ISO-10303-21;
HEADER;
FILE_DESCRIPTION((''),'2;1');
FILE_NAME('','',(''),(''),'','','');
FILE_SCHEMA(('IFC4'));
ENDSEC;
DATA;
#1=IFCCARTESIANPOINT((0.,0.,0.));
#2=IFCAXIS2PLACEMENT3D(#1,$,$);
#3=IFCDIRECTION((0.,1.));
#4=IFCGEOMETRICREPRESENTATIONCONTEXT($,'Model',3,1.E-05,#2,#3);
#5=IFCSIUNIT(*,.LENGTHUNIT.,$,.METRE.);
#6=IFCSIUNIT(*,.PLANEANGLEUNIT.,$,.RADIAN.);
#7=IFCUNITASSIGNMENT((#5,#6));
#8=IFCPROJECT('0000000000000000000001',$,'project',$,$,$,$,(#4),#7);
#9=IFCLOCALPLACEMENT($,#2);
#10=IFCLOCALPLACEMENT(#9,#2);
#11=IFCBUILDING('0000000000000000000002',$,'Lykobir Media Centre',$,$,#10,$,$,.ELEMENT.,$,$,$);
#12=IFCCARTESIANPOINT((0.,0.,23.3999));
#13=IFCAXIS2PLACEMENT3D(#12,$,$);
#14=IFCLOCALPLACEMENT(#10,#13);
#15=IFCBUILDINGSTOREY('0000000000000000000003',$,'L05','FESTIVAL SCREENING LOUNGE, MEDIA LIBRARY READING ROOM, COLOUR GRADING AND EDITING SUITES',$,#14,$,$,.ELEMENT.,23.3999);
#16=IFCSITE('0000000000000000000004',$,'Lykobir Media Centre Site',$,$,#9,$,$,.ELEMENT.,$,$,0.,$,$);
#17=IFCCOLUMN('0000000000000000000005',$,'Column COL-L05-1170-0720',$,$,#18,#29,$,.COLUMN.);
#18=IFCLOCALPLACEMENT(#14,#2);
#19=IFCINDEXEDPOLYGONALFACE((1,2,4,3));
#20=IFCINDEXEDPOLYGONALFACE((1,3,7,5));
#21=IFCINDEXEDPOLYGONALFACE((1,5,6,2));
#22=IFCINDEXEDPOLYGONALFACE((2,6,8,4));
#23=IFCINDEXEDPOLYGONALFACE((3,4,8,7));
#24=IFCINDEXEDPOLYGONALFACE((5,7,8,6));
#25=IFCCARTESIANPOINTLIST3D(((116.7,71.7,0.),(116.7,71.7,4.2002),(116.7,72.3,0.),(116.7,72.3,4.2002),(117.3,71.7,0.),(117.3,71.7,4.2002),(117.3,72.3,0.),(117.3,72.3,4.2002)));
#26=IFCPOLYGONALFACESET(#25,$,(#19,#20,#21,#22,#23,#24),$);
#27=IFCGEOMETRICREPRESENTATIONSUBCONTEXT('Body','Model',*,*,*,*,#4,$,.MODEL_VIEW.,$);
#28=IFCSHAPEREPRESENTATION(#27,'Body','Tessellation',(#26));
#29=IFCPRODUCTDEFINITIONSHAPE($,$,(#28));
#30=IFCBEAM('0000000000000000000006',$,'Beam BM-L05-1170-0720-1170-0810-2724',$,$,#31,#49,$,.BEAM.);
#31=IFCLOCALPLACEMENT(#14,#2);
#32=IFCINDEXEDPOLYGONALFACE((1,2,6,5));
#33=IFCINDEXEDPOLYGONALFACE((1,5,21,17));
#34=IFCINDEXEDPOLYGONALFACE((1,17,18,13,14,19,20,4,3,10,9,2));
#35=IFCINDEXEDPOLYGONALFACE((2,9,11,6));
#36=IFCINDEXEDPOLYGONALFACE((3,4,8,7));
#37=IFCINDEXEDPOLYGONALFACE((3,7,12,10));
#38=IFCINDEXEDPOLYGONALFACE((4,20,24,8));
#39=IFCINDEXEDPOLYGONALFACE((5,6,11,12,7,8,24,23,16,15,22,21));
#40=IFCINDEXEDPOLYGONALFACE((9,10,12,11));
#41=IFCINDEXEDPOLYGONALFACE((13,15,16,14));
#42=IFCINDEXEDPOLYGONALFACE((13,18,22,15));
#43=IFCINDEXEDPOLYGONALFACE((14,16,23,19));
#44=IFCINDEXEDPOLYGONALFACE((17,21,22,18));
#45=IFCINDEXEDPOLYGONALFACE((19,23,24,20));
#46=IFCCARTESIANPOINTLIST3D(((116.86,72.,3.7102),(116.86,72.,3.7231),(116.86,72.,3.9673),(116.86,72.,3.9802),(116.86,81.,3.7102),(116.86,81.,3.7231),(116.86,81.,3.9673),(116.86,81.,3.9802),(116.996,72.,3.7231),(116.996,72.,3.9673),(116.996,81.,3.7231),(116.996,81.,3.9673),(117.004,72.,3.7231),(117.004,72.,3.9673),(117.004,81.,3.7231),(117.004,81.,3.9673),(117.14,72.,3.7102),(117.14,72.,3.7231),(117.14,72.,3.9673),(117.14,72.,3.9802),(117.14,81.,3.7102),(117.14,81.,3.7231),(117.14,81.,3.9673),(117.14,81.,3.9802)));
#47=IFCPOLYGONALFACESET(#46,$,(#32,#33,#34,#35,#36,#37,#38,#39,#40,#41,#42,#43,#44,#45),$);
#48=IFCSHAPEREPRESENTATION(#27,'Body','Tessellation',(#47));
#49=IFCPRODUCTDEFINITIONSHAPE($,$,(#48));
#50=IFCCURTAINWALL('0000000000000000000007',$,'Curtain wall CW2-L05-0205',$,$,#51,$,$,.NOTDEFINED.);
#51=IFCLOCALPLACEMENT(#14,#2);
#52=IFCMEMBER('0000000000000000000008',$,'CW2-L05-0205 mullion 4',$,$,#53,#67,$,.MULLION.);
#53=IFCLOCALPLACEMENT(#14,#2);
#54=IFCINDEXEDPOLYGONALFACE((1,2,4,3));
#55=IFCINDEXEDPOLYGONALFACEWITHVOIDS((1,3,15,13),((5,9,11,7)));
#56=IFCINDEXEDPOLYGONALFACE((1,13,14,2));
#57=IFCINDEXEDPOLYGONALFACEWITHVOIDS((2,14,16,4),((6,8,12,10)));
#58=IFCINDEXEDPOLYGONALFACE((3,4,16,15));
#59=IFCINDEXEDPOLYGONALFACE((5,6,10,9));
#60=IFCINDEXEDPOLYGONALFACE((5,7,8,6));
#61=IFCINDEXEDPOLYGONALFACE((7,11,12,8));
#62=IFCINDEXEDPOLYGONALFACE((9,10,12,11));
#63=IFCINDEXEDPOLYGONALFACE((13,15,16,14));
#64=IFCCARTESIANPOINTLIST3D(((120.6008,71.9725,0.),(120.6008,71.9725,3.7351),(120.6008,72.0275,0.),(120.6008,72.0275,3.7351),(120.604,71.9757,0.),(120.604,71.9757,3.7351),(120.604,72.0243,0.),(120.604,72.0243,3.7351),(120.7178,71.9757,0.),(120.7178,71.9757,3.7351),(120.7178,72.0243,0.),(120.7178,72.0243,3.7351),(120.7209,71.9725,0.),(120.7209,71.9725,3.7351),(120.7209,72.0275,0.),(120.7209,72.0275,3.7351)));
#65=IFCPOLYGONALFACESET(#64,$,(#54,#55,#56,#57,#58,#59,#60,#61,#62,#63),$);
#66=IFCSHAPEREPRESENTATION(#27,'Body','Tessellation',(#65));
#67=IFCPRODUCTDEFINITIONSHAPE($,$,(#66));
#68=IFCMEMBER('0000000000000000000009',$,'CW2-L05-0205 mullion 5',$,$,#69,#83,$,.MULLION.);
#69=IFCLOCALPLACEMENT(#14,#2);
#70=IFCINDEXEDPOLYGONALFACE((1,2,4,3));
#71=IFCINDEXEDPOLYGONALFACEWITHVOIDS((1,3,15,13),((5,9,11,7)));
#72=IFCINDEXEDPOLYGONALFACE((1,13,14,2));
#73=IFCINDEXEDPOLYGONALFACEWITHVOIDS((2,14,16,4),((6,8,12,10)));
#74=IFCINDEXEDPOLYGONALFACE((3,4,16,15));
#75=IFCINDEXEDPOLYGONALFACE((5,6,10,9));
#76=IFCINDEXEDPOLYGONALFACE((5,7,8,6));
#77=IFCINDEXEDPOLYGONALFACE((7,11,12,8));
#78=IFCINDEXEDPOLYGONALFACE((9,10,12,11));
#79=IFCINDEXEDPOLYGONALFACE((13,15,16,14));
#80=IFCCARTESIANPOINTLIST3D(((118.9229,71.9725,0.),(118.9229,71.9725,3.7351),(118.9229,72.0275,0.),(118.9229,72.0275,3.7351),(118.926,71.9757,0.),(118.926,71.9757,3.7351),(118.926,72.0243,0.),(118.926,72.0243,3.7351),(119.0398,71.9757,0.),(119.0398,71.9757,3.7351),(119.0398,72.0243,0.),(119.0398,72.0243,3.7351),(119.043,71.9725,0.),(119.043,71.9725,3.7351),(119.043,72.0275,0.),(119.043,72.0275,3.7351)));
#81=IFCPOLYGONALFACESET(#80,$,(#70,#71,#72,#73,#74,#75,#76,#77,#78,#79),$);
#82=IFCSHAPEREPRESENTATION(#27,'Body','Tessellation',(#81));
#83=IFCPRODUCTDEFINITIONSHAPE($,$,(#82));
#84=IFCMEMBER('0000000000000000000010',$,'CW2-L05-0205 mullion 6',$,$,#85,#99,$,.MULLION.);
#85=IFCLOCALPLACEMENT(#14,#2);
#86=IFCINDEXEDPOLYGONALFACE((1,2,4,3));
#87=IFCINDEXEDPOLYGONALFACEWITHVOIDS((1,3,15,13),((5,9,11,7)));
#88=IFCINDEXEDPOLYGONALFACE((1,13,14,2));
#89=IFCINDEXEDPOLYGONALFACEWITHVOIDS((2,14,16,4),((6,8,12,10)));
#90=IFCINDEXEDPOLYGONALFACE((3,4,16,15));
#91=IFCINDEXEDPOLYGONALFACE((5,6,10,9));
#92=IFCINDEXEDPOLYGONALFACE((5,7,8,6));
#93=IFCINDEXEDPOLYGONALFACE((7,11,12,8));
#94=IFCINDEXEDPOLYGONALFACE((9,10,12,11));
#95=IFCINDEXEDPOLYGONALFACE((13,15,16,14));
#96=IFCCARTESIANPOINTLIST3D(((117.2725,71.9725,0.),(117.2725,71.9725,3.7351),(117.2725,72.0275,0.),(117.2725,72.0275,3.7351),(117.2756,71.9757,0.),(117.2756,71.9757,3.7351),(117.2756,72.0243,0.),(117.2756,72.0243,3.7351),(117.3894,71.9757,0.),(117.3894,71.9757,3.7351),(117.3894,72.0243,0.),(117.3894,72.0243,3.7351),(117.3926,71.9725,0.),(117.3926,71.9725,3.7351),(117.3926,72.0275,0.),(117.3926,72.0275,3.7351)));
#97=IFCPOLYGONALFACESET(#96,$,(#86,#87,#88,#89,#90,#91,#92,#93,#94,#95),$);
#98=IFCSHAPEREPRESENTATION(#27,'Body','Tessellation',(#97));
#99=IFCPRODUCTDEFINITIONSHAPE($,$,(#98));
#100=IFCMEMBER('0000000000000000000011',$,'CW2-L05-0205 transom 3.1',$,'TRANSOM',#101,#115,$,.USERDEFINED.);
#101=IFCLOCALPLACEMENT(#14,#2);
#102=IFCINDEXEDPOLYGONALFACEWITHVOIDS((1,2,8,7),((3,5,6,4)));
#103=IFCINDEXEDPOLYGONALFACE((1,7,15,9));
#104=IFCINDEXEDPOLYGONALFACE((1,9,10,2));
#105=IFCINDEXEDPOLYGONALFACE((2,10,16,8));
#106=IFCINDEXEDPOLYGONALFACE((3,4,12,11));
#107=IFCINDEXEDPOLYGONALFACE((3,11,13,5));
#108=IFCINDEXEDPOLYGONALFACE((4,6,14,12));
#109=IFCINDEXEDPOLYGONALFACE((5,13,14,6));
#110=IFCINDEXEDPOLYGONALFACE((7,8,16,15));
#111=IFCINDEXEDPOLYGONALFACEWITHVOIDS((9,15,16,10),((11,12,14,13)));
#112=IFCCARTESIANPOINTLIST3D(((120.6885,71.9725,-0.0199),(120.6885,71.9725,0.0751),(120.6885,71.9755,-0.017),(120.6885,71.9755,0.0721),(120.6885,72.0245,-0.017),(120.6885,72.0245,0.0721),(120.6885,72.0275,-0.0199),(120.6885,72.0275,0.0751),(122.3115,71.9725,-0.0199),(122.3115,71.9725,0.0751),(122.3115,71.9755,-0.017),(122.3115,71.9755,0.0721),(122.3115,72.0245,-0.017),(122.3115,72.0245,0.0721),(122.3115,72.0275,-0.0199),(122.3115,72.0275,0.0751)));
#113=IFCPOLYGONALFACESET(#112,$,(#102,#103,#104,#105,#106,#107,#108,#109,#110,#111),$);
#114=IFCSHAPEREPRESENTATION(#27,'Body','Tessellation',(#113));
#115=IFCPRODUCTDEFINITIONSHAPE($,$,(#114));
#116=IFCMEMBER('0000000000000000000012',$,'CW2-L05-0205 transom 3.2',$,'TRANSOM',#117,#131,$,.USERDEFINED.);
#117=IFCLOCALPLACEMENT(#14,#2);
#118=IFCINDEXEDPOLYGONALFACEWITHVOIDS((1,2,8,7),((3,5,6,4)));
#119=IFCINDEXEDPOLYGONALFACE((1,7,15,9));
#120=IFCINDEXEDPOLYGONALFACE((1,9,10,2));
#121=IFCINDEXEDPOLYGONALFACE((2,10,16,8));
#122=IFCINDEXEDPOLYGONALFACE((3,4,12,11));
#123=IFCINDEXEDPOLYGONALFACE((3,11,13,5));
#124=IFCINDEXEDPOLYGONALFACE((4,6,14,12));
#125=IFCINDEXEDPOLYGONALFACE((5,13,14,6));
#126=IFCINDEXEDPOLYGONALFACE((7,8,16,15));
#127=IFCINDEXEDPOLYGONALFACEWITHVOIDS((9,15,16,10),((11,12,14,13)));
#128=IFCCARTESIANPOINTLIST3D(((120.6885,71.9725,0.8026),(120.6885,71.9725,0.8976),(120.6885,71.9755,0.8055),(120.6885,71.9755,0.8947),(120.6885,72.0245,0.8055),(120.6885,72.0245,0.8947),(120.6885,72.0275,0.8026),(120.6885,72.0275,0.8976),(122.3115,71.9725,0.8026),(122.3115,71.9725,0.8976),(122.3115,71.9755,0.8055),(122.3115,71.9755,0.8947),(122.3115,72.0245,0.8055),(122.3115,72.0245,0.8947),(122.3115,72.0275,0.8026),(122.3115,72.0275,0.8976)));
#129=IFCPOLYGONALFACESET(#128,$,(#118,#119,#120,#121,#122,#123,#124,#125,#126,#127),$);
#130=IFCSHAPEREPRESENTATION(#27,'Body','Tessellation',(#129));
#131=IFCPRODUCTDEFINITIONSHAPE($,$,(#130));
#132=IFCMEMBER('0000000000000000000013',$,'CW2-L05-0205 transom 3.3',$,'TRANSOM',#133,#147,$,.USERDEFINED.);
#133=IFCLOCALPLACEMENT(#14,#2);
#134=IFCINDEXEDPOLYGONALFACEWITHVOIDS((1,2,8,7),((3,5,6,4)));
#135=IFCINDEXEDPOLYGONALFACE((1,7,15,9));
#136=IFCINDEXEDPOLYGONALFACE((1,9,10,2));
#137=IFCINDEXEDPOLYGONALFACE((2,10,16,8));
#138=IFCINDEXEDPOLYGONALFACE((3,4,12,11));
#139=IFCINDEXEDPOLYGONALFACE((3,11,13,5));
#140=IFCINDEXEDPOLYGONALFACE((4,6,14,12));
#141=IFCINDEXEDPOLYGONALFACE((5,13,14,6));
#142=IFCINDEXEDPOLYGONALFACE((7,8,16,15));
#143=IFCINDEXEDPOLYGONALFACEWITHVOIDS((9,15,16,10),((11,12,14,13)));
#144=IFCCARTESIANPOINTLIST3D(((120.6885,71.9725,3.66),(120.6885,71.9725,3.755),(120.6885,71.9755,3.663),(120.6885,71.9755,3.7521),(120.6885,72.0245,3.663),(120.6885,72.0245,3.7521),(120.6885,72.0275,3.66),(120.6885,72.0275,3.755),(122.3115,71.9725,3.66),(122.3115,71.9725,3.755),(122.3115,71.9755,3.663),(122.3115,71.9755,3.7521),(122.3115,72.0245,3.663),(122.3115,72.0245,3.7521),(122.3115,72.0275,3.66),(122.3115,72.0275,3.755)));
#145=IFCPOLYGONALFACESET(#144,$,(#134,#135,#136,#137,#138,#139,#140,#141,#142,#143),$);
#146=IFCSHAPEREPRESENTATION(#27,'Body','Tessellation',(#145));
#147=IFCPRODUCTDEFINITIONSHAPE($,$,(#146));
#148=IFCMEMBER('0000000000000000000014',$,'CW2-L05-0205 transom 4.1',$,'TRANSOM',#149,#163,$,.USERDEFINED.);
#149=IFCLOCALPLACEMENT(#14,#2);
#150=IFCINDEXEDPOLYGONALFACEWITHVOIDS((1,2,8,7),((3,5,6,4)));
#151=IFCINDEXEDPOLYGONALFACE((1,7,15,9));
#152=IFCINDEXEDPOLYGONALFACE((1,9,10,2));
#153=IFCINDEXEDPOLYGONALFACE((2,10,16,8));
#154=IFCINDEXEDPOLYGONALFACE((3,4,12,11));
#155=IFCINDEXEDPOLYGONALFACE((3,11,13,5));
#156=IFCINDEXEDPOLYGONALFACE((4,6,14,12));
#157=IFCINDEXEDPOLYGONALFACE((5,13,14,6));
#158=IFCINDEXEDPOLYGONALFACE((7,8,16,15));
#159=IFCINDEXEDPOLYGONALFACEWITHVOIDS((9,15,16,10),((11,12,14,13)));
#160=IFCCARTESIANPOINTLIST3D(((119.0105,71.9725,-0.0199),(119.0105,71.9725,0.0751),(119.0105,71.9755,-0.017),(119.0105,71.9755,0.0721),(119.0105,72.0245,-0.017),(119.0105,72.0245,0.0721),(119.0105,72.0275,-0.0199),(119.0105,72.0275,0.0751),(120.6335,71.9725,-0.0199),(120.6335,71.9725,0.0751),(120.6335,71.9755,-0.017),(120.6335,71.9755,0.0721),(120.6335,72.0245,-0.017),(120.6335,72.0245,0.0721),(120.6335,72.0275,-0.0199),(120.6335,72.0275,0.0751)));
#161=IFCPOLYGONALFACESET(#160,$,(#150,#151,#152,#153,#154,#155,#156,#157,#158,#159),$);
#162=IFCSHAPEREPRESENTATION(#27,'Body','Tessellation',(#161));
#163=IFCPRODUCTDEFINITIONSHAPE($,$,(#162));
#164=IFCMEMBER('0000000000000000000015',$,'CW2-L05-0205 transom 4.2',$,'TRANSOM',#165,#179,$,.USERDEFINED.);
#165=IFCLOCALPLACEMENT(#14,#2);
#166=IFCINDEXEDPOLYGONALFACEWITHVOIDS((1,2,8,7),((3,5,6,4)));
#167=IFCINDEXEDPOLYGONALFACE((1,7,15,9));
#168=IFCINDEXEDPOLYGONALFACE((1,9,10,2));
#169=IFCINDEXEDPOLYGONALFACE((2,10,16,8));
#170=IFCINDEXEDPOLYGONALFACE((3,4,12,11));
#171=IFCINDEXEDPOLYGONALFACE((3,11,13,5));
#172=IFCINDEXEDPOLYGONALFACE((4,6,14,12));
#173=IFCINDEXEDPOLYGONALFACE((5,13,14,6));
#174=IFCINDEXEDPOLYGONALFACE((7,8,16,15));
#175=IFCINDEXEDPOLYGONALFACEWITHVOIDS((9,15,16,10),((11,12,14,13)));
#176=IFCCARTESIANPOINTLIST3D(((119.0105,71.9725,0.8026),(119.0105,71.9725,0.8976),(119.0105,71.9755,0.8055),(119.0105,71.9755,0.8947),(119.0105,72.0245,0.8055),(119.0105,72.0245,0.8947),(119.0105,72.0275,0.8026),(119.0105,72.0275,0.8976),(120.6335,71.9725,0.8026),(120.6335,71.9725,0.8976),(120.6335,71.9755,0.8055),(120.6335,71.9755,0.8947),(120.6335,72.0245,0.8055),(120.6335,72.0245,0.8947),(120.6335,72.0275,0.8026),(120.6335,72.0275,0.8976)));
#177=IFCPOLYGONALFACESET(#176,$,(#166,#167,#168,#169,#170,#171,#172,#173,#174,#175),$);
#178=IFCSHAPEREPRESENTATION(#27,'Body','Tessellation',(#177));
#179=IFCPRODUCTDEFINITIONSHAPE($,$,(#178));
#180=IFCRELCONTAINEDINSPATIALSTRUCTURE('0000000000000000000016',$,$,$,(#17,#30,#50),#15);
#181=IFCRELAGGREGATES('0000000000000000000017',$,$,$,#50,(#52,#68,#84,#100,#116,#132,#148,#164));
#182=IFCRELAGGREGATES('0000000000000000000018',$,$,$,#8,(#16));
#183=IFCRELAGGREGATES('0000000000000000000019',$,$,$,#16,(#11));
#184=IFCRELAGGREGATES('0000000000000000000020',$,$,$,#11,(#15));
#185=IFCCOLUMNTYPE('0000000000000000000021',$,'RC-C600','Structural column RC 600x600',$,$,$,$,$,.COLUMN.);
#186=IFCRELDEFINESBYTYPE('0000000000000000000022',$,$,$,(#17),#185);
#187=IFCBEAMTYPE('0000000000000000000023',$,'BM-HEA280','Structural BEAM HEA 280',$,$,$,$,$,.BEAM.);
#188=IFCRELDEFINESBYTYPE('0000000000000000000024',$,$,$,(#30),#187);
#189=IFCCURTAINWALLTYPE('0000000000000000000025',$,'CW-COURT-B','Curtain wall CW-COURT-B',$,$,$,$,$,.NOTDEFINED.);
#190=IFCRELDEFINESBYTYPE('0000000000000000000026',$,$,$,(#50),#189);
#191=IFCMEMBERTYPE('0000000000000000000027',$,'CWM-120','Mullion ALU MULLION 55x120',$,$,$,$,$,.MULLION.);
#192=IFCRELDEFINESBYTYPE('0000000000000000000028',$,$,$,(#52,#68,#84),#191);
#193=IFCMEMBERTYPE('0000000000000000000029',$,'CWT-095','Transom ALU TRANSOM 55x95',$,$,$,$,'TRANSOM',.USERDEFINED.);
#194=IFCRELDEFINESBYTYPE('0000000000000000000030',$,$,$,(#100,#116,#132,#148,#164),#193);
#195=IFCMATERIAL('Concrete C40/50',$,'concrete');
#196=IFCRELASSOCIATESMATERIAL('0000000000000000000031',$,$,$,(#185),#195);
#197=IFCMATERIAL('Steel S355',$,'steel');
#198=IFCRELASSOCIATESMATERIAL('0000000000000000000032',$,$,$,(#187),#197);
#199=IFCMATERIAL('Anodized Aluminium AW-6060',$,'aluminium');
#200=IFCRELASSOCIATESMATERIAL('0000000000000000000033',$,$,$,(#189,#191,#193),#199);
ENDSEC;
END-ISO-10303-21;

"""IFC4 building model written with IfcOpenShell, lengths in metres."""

from ifc_helpers import new_model, si_unit, direction, frame, origin, origin_2d, place, context, subcontext, project, spatial, rectangle, hollow_rectangle, i_section, extrude, material, material_profile, profile_set, type_object, element, aggregate, save


model = new_model("IFC4")

# Units and contexts
model_context = context("Model", 3, precision=1e-05, world=origin(), true_north=direction((0.0, 1.0)))
body_context = subcontext(model_context, "Body", "Model", "MODEL_VIEW")
ifc_project = project(units=[si_unit("LENGTHUNIT", "METRE"), si_unit("PLANEANGLEUNIT", "RADIAN")], contexts=[model_context])

# Site, building, storey
site_placement = place(None, origin())
site = spatial("IfcSite", under=ifc_project, at=site_placement, Name="Lykobir Media Centre Site", CompositionType="ELEMENT", RefElevation=0.0)
building_placement = place(site_placement, origin())
building = spatial("IfcBuilding", under=site, at=building_placement, Name="Lykobir Media Centre", CompositionType="ELEMENT")
storey_placement = place(building_placement, frame((0.0, 0.0, 23.3999)))
storey = spatial("IfcBuildingStorey", under=building, at=storey_placement, Name="L05", Description="FESTIVAL SCREENING LOUNGE, MEDIA LIBRARY READING ROOM, COLOUR GRADING AND EDITING SUITES", CompositionType="ELEMENT", Elevation=23.3999)

# Column
ifc_material_1 = material(Name="Concrete C40/50", Category="concrete")
ifc_material_profile_1 = material_profile(ifc_material_1, rectangle(XDim=0.6001, YDim=0.6001, at=origin_2d()), Name="RC 600x600")
ifc_profile_set_1 = profile_set([ifc_material_profile_1], Name="Concrete C40/50")
column_type = type_object("IfcColumnType", Name="RC-C600", Description="Structural column RC 600x600", PredefinedType="COLUMN", material=ifc_profile_set_1)
column_placement = place(storey_placement, frame((117.0, 72.0, 0.0), z_axis=(0.0, 0.0, 1.0), x_axis=(1.0, 0.0, 0.0)))
element("IfcColumn", 1, at=column_placement, inside=storey, type_object=column_type, Name="Column COL-L05-1170-0720", PredefinedType="COLUMN", context=body_context, shape_type="SweptSolid", body=[
    extrude(rectangle(XDim=0.6001, YDim=0.6001, at=origin_2d()), origin(), (0.0, 0.0, 1.0), 4.2002),
])

# Beam
ifc_material_2 = material(Name="Steel S355", Category="steel")
ifc_material_profile_2 = material_profile(ifc_material_2, i_section(OverallWidth=0.28, OverallDepth=0.27, WebThickness=0.0081, FlangeThickness=0.0129, at=origin_2d()), Name="HEA 280")
ifc_profile_set_2 = profile_set([ifc_material_profile_2], Name="Steel S355")
beam_type_1 = type_object("IfcBeamType", Name="BM-HEA280", Description="Structural BEAM HEA 280", PredefinedType="BEAM", material=ifc_profile_set_2)
beam_1_placement = place(storey_placement, frame((117.0, 72.0, 3.8452), z_axis=(0.0, 1.0, 0.0), x_axis=(-1.0, 0.0, 0.0)))
element("IfcBeam", 2, at=beam_1_placement, inside=storey, type_object=beam_type_1, Name="Beam BM-L05-1170-0720-1170-0810-2724", PredefinedType="BEAM", context=body_context, shape_type="SweptSolid", body=[
    extrude(i_section(OverallWidth=0.28, OverallDepth=0.27, WebThickness=0.0081, FlangeThickness=0.0129, at=origin_2d()), origin(), (0.0, 0.0, 1.0), 9.0),
])

# Curtain wall, members
ifc_material_3 = material(Name="Anodized Aluminium AW-6060", Category="aluminium")
curtain_wall_type = type_object("IfcCurtainWallType", Name="CW-COURT-B", Description="Curtain wall CW-COURT-B", PredefinedType="NOTDEFINED", material=ifc_material_3)
curtain_wall_placement = place(storey_placement, origin())
curtain_wall = element("IfcCurtainWall", 3, at=curtain_wall_placement, inside=storey, type_object=curtain_wall_type, Name="Curtain wall CW2-L05-0205", PredefinedType="NOTDEFINED")
ifc_material_profile_3 = material_profile(ifc_material_3, hollow_rectangle(XDim=0.0549, YDim=0.1201, WallThickness=0.0032, at=origin_2d()), Name="ALU MULLION 55x120")
ifc_profile_set_3 = profile_set([ifc_material_profile_3], Name="Anodized Aluminium AW-6060")
member_type_1 = type_object("IfcMemberType", Name="CWM-120", Description="Mullion ALU MULLION 55x120", PredefinedType="MULLION", material=ifc_profile_set_3)
member_1_placement = place(storey_placement, frame((120.6609, 72.0, 0.0), z_axis=(0.0, 0.0, 1.0), x_axis=(0.0, -1.0, 0.0)))
member_1 = element("IfcMember", 4, at=member_1_placement, type_object=member_type_1, Name="CW2-L05-0205 mullion 4", PredefinedType="MULLION", context=body_context, shape_type="SweptSolid", body=[
    extrude(hollow_rectangle(XDim=0.0549, YDim=0.1201, WallThickness=0.0032, at=origin_2d()), origin(), (0.0, 0.0, 1.0), 3.7351),
])
member_2_placement = place(storey_placement, frame((118.9829, 72.0, 0.0), z_axis=(0.0, 0.0, 1.0), x_axis=(0.0, -1.0, 0.0)))
member_2 = element("IfcMember", 5, at=member_2_placement, type_object=member_type_1, Name="CW2-L05-0205 mullion 5", PredefinedType="MULLION", context=body_context, shape_type="SweptSolid", body=[
    extrude(hollow_rectangle(XDim=0.0549, YDim=0.1201, WallThickness=0.0032, at=origin_2d()), origin(), (0.0, 0.0, 1.0), 3.7351),
])
member_3_placement = place(storey_placement, frame((117.3325, 72.0, 0.0), z_axis=(0.0, 0.0, 1.0), x_axis=(0.0, -1.0, 0.0)))
member_3 = element("IfcMember", 6, at=member_3_placement, type_object=member_type_1, Name="CW2-L05-0205 mullion 6", PredefinedType="MULLION", context=body_context, shape_type="SweptSolid", body=[
    extrude(hollow_rectangle(XDim=0.0549, YDim=0.1201, WallThickness=0.0032, at=origin_2d()), origin(), (0.0, 0.0, 1.0), 3.7351),
])
ifc_material_profile_4 = material_profile(ifc_material_3, hollow_rectangle(XDim=0.0549, YDim=0.095, WallThickness=0.0029, at=origin_2d()), Name="ALU TRANSOM 55x95")
ifc_profile_set_4 = profile_set([ifc_material_profile_4], Name="Anodized Aluminium AW-6060")
member_type_2 = type_object("IfcMemberType", Name="CWT-095", Description="Transom ALU TRANSOM 55x95", ElementType="TRANSOM", PredefinedType="USERDEFINED", material=ifc_profile_set_4)
member_4_placement = place(storey_placement, frame((122.3115, 72.0, 0.0276), z_axis=(-1.0, 0.0, 0.0), x_axis=(0.0, -1.0, 0.0)))
member_4 = element("IfcMember", 7, at=member_4_placement, type_object=member_type_2, Name="CW2-L05-0205 transom 3.1", ObjectType="TRANSOM", PredefinedType="USERDEFINED", context=body_context, shape_type="SweptSolid", body=[
    extrude(hollow_rectangle(XDim=0.0549, YDim=0.095, WallThickness=0.0029, at=origin_2d()), origin(), (0.0, 0.0, 1.0), 1.623),
])
member_5_placement = place(storey_placement, frame((122.3115, 72.0, 0.8501), z_axis=(-1.0, 0.0, 0.0), x_axis=(0.0, -1.0, 0.0)))
member_5 = element("IfcMember", 8, at=member_5_placement, type_object=member_type_2, Name="CW2-L05-0205 transom 3.2", ObjectType="TRANSOM", PredefinedType="USERDEFINED", context=body_context, shape_type="SweptSolid", body=[
    extrude(hollow_rectangle(XDim=0.0549, YDim=0.095, WallThickness=0.0029, at=origin_2d()), origin(), (0.0, 0.0, 1.0), 1.623),
])
member_6_placement = place(storey_placement, frame((122.3115, 72.0, 3.7075), z_axis=(-1.0, 0.0, 0.0), x_axis=(0.0, -1.0, 0.0)))
member_6 = element("IfcMember", 9, at=member_6_placement, type_object=member_type_2, Name="CW2-L05-0205 transom 3.3", ObjectType="TRANSOM", PredefinedType="USERDEFINED", context=body_context, shape_type="SweptSolid", body=[
    extrude(hollow_rectangle(XDim=0.0549, YDim=0.095, WallThickness=0.0029, at=origin_2d()), origin(), (0.0, 0.0, 1.0), 1.623),
])
member_7_placement = place(storey_placement, frame((120.6335, 72.0, 0.0276), z_axis=(-1.0, 0.0, 0.0), x_axis=(0.0, -1.0, 0.0)))
member_7 = element("IfcMember", 10, at=member_7_placement, type_object=member_type_2, Name="CW2-L05-0205 transom 4.1", ObjectType="TRANSOM", PredefinedType="USERDEFINED", context=body_context, shape_type="SweptSolid", body=[
    extrude(hollow_rectangle(XDim=0.0549, YDim=0.095, WallThickness=0.0029, at=origin_2d()), origin(), (0.0, 0.0, 1.0), 1.623),
])
member_8_placement = place(storey_placement, frame((120.6335, 72.0, 0.8501), z_axis=(-1.0, 0.0, 0.0), x_axis=(0.0, -1.0, 0.0)))
member_8 = element("IfcMember", 11, at=member_8_placement, type_object=member_type_2, Name="CW2-L05-0205 transom 4.2", ObjectType="TRANSOM", PredefinedType="USERDEFINED", context=body_context, shape_type="SweptSolid", body=[
    extrude(hollow_rectangle(XDim=0.0549, YDim=0.095, WallThickness=0.0029, at=origin_2d()), origin(), (0.0, 0.0, 1.0), 1.623),
])

aggregate(curtain_wall, [member_1, member_2, member_3, member_4, member_5, member_6, member_7, member_8])

save(model, "model.ifc")
